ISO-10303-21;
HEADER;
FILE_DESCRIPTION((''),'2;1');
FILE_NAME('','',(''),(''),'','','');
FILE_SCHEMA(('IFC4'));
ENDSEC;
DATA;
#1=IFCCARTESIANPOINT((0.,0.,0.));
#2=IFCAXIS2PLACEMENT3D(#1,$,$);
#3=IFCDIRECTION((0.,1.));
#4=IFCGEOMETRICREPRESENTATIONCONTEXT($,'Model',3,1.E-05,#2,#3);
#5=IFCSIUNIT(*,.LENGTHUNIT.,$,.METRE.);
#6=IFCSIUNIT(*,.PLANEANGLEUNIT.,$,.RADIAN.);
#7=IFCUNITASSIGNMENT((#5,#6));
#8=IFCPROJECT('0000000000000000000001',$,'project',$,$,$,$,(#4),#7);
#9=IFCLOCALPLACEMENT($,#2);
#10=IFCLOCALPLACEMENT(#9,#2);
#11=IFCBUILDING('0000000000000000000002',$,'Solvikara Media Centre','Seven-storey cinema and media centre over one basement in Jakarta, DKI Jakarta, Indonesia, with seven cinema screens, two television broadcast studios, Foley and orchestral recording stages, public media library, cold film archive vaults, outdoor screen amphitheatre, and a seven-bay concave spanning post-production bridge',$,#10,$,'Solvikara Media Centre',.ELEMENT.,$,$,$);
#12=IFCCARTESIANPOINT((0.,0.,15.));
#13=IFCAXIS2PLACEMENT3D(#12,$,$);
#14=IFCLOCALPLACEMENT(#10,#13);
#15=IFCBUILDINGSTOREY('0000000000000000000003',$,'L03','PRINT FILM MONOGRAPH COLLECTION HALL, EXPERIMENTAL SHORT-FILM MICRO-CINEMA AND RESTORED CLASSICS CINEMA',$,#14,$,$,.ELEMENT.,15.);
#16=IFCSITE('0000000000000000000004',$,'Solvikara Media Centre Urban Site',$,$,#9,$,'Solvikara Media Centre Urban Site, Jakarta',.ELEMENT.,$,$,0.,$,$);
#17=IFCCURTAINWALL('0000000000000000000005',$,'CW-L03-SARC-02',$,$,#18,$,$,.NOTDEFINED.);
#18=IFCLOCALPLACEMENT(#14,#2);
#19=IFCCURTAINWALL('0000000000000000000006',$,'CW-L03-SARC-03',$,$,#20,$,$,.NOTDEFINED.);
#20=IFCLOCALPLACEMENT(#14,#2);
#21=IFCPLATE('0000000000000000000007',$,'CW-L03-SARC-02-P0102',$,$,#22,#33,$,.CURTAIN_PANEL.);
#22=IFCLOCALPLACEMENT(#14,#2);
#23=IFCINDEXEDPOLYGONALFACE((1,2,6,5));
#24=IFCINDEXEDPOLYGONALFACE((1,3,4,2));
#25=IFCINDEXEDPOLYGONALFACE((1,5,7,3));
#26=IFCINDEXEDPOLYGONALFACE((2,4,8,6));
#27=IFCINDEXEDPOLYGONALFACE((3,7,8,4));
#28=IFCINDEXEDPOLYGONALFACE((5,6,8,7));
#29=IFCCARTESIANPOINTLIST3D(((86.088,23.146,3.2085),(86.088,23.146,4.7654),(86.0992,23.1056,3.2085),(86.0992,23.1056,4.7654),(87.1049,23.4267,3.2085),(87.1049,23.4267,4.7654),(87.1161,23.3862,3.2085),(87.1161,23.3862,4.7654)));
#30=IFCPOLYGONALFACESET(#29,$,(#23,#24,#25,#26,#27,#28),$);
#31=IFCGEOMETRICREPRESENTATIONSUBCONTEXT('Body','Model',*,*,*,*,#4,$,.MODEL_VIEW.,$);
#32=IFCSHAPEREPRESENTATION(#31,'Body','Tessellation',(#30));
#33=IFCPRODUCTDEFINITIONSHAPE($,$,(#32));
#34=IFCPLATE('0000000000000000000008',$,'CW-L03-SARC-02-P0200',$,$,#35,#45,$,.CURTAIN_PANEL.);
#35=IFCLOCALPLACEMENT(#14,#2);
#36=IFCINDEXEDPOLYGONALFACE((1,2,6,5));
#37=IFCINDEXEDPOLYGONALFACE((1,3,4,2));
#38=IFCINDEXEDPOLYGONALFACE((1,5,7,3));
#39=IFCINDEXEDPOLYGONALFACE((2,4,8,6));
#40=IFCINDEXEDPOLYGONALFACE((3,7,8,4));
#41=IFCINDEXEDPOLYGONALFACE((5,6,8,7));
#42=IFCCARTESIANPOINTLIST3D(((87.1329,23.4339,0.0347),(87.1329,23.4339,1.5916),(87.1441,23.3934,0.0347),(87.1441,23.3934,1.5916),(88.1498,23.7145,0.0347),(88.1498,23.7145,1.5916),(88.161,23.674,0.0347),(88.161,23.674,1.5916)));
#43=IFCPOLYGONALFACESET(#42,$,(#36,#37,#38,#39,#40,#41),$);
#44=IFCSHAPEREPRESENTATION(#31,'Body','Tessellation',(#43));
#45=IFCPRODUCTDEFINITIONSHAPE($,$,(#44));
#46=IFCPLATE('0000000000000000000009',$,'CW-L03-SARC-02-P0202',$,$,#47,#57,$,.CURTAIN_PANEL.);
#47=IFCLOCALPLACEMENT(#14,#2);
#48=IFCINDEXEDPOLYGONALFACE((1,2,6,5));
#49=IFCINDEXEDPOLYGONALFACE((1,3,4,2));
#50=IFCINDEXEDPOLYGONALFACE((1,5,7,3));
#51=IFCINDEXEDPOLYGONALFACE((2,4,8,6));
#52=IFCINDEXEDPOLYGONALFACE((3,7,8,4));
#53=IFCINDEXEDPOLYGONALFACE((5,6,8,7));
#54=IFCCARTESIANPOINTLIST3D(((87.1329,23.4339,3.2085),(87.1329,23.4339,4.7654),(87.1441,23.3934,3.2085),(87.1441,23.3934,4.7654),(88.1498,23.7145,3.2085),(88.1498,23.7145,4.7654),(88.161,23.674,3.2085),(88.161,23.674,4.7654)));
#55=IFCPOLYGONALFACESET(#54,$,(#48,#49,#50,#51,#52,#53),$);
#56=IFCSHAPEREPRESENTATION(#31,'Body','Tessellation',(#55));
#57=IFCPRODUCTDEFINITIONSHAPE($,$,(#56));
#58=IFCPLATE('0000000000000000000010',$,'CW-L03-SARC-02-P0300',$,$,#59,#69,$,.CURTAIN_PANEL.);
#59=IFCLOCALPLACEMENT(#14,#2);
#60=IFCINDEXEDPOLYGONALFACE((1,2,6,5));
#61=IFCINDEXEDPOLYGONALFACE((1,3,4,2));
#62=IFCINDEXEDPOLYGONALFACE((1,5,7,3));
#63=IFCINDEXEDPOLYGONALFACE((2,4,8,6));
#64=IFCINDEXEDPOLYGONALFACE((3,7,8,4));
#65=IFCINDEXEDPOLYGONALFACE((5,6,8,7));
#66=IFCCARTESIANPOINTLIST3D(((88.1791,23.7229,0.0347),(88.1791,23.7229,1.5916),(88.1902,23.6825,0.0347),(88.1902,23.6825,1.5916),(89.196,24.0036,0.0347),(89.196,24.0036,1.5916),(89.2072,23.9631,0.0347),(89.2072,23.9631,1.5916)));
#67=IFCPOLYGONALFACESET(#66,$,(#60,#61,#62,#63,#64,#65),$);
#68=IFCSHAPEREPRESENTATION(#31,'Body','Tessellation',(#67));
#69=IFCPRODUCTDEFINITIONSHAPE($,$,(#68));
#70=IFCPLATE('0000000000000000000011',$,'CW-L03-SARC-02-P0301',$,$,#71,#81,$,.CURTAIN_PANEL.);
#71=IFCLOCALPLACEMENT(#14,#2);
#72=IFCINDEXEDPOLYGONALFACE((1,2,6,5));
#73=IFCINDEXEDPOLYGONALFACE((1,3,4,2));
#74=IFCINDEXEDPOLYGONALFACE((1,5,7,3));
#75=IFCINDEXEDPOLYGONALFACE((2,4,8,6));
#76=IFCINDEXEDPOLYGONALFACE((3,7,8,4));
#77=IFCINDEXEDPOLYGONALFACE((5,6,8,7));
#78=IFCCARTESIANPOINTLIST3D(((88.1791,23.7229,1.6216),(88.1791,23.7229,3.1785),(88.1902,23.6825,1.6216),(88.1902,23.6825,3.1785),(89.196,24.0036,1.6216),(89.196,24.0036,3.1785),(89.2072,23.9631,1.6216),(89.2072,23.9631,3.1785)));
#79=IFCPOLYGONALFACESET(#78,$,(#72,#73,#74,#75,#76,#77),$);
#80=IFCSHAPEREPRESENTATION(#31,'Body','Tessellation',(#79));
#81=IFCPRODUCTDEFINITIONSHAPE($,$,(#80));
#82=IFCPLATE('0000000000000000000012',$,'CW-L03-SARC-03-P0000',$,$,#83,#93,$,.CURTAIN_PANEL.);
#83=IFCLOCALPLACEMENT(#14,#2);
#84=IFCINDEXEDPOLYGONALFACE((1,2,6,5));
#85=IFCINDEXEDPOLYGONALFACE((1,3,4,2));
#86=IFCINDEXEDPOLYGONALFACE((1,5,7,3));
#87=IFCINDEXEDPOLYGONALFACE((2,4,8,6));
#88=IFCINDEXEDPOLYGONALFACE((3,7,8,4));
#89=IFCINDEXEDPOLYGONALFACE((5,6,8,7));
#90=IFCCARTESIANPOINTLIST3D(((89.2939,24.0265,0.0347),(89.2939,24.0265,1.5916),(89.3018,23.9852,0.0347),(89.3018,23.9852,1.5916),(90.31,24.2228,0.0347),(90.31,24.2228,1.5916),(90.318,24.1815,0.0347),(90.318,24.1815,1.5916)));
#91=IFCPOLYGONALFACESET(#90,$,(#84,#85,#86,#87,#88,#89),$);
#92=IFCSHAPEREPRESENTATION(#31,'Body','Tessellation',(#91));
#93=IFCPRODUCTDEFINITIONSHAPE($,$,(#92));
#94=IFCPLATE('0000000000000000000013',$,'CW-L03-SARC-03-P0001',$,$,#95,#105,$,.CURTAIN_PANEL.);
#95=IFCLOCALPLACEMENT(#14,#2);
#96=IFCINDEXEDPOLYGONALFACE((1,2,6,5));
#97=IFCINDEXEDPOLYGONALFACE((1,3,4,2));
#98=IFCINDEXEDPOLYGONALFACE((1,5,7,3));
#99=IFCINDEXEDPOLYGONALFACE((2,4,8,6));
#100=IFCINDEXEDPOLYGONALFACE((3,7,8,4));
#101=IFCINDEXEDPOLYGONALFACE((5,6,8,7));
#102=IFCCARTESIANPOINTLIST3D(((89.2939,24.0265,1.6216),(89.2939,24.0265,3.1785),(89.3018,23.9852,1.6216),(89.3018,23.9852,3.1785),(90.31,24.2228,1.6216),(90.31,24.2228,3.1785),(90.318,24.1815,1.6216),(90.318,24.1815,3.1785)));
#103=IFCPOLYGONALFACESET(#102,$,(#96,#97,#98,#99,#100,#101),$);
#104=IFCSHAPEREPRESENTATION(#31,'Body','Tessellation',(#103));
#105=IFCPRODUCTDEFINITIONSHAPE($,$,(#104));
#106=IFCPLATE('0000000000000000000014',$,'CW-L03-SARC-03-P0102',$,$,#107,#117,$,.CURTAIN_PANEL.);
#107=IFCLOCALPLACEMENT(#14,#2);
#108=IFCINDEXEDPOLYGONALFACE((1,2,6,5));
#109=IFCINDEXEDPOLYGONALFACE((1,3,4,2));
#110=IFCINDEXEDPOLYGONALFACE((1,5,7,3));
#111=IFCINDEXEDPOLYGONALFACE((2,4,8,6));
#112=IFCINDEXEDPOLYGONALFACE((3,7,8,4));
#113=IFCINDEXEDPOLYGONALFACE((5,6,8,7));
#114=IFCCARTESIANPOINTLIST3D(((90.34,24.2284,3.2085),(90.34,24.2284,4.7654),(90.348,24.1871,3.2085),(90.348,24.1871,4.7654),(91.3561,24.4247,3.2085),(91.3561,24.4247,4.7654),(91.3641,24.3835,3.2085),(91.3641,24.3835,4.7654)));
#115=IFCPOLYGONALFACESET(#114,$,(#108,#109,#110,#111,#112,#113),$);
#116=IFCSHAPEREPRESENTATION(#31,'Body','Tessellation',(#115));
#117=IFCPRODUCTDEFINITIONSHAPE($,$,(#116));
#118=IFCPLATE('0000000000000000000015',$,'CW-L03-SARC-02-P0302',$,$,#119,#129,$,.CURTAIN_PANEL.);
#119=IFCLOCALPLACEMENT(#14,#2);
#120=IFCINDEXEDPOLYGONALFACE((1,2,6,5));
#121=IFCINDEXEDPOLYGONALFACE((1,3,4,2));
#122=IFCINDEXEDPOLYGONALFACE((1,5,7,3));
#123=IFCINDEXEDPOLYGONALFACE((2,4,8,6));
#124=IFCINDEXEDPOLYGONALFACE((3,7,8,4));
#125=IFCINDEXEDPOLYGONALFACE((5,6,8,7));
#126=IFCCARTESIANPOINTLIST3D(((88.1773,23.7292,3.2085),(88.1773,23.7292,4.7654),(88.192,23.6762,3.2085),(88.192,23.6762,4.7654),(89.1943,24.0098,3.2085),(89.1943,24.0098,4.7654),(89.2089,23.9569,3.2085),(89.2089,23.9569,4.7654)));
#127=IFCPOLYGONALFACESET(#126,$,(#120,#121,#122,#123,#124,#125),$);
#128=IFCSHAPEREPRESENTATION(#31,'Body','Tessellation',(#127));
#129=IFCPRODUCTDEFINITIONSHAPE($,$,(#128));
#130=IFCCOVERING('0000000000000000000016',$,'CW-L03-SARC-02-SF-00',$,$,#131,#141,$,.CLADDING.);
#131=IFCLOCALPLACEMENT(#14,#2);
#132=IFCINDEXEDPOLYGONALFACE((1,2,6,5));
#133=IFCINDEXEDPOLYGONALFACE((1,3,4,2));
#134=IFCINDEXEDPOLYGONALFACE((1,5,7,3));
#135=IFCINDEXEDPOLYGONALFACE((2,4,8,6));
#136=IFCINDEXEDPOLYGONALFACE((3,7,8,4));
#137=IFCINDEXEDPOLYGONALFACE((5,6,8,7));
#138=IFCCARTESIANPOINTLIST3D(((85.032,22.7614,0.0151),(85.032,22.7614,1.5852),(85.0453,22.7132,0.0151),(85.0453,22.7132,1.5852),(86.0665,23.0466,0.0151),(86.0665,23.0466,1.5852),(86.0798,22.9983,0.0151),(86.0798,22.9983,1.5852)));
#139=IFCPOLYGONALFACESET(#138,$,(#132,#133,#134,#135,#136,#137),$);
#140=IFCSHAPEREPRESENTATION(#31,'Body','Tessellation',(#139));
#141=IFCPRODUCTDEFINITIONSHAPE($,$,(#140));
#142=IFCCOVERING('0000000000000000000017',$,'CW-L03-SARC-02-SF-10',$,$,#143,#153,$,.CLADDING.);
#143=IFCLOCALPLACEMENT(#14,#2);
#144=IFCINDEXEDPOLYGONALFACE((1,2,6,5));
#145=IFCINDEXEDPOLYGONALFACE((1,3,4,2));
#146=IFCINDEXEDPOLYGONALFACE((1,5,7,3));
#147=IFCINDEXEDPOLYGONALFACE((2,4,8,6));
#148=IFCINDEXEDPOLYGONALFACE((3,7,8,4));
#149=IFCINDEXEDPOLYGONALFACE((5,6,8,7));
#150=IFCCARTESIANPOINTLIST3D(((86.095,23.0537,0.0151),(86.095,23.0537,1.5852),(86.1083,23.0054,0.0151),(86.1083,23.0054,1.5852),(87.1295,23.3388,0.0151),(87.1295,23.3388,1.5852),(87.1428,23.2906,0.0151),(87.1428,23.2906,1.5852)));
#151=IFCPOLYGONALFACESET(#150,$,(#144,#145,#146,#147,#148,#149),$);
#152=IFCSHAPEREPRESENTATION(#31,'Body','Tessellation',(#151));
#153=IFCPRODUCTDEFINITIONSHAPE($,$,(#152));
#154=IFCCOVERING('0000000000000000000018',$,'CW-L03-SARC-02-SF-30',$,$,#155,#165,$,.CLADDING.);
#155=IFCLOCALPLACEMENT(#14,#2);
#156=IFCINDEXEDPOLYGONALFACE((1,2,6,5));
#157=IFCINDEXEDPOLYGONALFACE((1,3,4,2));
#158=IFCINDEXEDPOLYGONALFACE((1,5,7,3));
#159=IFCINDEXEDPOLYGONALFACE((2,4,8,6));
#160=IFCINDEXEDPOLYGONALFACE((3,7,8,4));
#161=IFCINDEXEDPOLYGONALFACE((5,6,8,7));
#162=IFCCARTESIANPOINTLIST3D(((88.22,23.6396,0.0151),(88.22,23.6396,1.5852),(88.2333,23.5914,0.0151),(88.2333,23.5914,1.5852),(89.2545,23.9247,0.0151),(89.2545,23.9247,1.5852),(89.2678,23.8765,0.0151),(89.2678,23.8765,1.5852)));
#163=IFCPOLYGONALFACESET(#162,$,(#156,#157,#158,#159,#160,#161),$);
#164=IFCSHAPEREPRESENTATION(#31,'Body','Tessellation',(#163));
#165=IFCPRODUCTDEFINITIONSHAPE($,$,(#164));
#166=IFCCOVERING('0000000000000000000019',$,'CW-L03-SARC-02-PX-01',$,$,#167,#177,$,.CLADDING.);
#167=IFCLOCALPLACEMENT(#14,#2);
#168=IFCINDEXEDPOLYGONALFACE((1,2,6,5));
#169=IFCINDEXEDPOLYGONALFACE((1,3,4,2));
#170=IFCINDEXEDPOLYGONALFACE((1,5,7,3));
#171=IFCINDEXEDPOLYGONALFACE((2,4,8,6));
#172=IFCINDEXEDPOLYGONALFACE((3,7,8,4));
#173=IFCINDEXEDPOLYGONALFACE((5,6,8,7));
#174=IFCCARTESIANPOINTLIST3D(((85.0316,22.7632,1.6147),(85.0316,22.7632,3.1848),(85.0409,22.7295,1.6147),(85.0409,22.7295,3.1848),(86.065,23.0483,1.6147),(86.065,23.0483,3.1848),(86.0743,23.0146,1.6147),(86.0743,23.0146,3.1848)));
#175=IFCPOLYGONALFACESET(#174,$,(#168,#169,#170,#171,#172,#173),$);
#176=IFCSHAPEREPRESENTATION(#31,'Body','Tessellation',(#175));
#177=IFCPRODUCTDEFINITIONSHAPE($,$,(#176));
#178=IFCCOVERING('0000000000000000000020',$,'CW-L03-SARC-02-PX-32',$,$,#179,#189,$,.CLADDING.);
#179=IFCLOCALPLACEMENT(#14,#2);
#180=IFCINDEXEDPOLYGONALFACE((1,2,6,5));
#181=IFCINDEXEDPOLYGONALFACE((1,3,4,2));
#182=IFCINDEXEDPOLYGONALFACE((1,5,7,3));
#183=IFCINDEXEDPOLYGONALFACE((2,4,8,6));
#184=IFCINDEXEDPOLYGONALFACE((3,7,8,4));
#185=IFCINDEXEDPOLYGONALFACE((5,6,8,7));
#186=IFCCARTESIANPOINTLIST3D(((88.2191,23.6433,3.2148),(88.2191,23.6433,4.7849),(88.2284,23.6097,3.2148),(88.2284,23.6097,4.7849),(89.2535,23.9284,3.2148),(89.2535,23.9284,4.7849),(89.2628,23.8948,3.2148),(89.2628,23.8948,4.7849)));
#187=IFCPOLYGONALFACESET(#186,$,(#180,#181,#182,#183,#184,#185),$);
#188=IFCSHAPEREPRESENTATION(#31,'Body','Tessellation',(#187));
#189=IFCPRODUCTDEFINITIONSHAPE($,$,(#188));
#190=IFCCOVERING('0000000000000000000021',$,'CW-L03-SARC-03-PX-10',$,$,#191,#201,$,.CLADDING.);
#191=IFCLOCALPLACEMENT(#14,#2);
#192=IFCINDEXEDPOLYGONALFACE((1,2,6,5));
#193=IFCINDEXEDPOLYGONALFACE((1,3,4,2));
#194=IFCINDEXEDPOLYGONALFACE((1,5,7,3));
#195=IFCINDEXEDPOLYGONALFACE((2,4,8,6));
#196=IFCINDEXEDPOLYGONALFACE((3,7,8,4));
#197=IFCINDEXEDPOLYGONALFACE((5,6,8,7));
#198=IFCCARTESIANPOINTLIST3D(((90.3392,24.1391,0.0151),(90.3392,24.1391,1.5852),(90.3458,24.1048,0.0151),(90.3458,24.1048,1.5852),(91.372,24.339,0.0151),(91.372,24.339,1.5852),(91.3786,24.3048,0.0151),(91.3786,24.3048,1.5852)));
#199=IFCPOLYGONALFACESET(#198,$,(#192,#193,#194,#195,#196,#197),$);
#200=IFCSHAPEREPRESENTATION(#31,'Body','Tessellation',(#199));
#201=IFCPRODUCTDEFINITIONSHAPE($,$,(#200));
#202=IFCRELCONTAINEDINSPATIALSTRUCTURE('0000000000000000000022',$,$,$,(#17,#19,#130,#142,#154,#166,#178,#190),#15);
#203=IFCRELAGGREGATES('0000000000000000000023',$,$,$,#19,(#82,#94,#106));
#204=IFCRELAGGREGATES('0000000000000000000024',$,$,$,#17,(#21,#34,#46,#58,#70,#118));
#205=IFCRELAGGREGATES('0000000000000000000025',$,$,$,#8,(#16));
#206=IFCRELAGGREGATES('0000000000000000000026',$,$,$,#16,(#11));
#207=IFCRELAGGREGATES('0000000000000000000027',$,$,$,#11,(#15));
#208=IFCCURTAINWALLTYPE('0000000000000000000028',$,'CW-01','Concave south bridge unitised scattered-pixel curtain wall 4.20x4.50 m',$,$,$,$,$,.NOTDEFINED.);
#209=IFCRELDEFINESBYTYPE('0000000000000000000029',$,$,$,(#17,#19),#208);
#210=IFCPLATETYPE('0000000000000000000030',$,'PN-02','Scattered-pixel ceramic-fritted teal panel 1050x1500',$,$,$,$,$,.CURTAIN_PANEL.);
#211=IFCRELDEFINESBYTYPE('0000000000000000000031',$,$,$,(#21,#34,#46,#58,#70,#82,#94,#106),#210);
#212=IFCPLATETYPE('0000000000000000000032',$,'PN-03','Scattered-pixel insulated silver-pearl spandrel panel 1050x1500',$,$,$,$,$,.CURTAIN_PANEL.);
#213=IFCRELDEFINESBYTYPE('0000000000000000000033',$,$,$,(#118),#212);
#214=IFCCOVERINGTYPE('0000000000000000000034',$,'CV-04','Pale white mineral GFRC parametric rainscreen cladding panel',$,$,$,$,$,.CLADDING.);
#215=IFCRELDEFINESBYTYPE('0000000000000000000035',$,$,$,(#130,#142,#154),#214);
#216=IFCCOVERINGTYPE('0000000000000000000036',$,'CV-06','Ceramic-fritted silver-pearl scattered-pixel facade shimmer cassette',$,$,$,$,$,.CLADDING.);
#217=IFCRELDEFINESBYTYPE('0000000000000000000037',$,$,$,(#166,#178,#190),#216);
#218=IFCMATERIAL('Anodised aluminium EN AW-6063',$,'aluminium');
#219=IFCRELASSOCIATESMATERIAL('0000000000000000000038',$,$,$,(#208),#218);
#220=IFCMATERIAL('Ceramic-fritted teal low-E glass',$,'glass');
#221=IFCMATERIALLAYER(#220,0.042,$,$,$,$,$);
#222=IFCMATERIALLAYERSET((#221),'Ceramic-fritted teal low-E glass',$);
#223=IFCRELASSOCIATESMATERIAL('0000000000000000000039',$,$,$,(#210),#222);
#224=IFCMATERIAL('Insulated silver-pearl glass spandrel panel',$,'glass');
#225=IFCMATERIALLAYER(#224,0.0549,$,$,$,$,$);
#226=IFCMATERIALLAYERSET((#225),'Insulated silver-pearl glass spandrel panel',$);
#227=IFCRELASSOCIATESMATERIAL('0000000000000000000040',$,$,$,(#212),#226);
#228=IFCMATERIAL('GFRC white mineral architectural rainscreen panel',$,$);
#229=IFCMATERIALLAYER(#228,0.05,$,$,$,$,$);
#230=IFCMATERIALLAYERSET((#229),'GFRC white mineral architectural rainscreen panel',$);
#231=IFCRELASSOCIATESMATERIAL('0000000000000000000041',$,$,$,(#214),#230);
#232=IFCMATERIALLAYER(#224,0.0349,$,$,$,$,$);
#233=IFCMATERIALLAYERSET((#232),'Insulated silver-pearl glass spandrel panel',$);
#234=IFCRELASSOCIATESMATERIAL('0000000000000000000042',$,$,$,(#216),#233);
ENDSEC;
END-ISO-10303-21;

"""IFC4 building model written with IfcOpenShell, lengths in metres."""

from ifc_helpers import new_model, si_unit, direction, frame, origin, origin_2d, place, context, subcontext, project, spatial, rectangle, extrude, material, layer, layer_set, type_object, element, aggregate, save


model = new_model("IFC4")

# Units and contexts
model_context = context("Model", 3, precision=1e-05, world=origin(), true_north=direction((0.0, 1.0)))
body_context = subcontext(model_context, "Body", "Model", "MODEL_VIEW")
ifc_project = project(units=[si_unit("LENGTHUNIT", "METRE"), si_unit("PLANEANGLEUNIT", "RADIAN")], contexts=[model_context])

# Site, building, storey
site_placement = place(None, origin())
site = spatial("IfcSite", under=ifc_project, at=site_placement, Name="Solvikara Media Centre Urban Site", LongName="Solvikara Media Centre Urban Site, Jakarta", CompositionType="ELEMENT", RefElevation=0.0)
building_placement = place(site_placement, origin())
building = spatial("IfcBuilding", under=site, at=building_placement, Name="Solvikara Media Centre", Description="Seven-storey cinema and media centre over one basement in Jakarta, DKI Jakarta, Indonesia, with seven cinema screens, two television broadcast studios, Foley and orchestral recording stages, public media library, cold film archive vaults, outdoor screen amphitheatre, and a seven-bay concave spanning post-production bridge", LongName="Solvikara Media Centre", CompositionType="ELEMENT")
storey_placement = place(building_placement, frame((0.0, 0.0, 15.0)))
storey = spatial("IfcBuildingStorey", under=building, at=storey_placement, Name="L03", Description="PRINT FILM MONOGRAPH COLLECTION HALL, EXPERIMENTAL SHORT-FILM MICRO-CINEMA AND RESTORED CLASSICS CINEMA", CompositionType="ELEMENT", Elevation=15.0)

# Curtain walls
ifc_material_1 = material(Name="Anodised aluminium EN AW-6063", Category="aluminium")
curtain_wall_type = type_object("IfcCurtainWallType", Name="CW-01", Description="Concave south bridge unitised scattered-pixel curtain wall 4.20x4.50 m", PredefinedType="NOTDEFINED", material=ifc_material_1)
curtain_wall_1_placement = place(storey_placement, origin())
curtain_wall_1 = element("IfcCurtainWall", 1, at=curtain_wall_1_placement, inside=storey, type_object=curtain_wall_type, Name="CW-L03-SARC-02", PredefinedType="NOTDEFINED")
curtain_wall_2_placement = place(storey_placement, origin())
curtain_wall_2 = element("IfcCurtainWall", 2, at=curtain_wall_2_placement, inside=storey, type_object=curtain_wall_type, Name="CW-L03-SARC-03", PredefinedType="NOTDEFINED")

# Plates
ifc_material_2 = material(Name="Ceramic-fritted teal low-E glass", Category="glass")
ifc_layer_1 = layer(ifc_material_2, 0.042)
ifc_layer_set_1 = layer_set([ifc_layer_1], Name="Ceramic-fritted teal low-E glass")
plate_type_1 = type_object("IfcPlateType", Name="PN-02", Description="Scattered-pixel ceramic-fritted teal panel 1050x1500", PredefinedType="CURTAIN_PANEL", material=ifc_layer_set_1)
plate_1_placement = place(storey_placement, frame((86.6021, 23.2661, 3.2085), z_axis=(0.0, 0.0, 1.0), x_axis=(0.96397, 0.26601, 0.0)))
plate_1 = element("IfcPlate", 3, at=plate_1_placement, type_object=plate_type_1, Name="CW-L03-SARC-02-P0102", PredefinedType="CURTAIN_PANEL", context=body_context, shape_type="SweptSolid", body=[
    extrude(rectangle(XDim=1.0549, YDim=0.042, at=origin_2d()), origin(), (0.0, 0.0, 1.0), 1.5569),
])
plate_2_placement = place(storey_placement, frame((87.647, 23.554, 0.0347), z_axis=(0.0, 0.0, 1.0), x_axis=(0.96397, 0.26601, 0.0)))
plate_2 = element("IfcPlate", 4, at=plate_2_placement, type_object=plate_type_1, Name="CW-L03-SARC-02-P0200", PredefinedType="CURTAIN_PANEL", context=body_context, shape_type="SweptSolid", body=[
    extrude(rectangle(XDim=1.0549, YDim=0.042, at=origin_2d()), origin(), (0.0, 0.0, 1.0), 1.5569),
])
plate_3_placement = place(storey_placement, frame((87.647, 23.554, 3.2085), z_axis=(0.0, 0.0, 1.0), x_axis=(0.96397, 0.26601, 0.0)))
plate_3 = element("IfcPlate", 5, at=plate_3_placement, type_object=plate_type_1, Name="CW-L03-SARC-02-P0202", PredefinedType="CURTAIN_PANEL", context=body_context, shape_type="SweptSolid", body=[
    extrude(rectangle(XDim=1.0549, YDim=0.042, at=origin_2d()), origin(), (0.0, 0.0, 1.0), 1.5569),
])
plate_4_placement = place(storey_placement, frame((88.6931, 23.843, 0.0347), z_axis=(0.0, 0.0, 1.0), x_axis=(0.96397, 0.26601, 0.0)))
plate_4 = element("IfcPlate", 6, at=plate_4_placement, type_object=plate_type_1, Name="CW-L03-SARC-02-P0300", PredefinedType="CURTAIN_PANEL", context=body_context, shape_type="SweptSolid", body=[
    extrude(rectangle(XDim=1.0549, YDim=0.042, at=origin_2d()), origin(), (0.0, 0.0, 1.0), 1.5569),
])
plate_5_placement = place(storey_placement, frame((88.6931, 23.843, 1.6216), z_axis=(0.0, 0.0, 1.0), x_axis=(0.96397, 0.26601, 0.0)))
plate_5 = element("IfcPlate", 7, at=plate_5_placement, type_object=plate_type_1, Name="CW-L03-SARC-02-P0301", PredefinedType="CURTAIN_PANEL", context=body_context, shape_type="SweptSolid", body=[
    extrude(rectangle(XDim=1.0549, YDim=0.042, at=origin_2d()), origin(), (0.0, 0.0, 1.0), 1.5569),
])
plate_6_placement = place(storey_placement, frame((89.8059, 24.104, 0.0347), z_axis=(0.0, 0.0, 1.0), x_axis=(0.981843, 0.189695, 0.0)))
plate_6 = element("IfcPlate", 8, at=plate_6_placement, type_object=plate_type_1, Name="CW-L03-SARC-03-P0000", PredefinedType="CURTAIN_PANEL", context=body_context, shape_type="SweptSolid", body=[
    extrude(rectangle(XDim=1.0349, YDim=0.042, at=origin_2d()), origin(), (0.0, 0.0, 1.0), 1.5569),
])
plate_7_placement = place(storey_placement, frame((89.8059, 24.104, 1.6216), z_axis=(0.0, 0.0, 1.0), x_axis=(0.981843, 0.189695, 0.0)))
plate_7 = element("IfcPlate", 9, at=plate_7_placement, type_object=plate_type_1, Name="CW-L03-SARC-03-P0001", PredefinedType="CURTAIN_PANEL", context=body_context, shape_type="SweptSolid", body=[
    extrude(rectangle(XDim=1.0349, YDim=0.042, at=origin_2d()), origin(), (0.0, 0.0, 1.0), 1.5569),
])
plate_8_placement = place(storey_placement, frame((90.8521, 24.3059, 3.2085), z_axis=(0.0, 0.0, 1.0), x_axis=(0.981843, 0.189695, 0.0)))
plate_8 = element("IfcPlate", 10, at=plate_8_placement, type_object=plate_type_1, Name="CW-L03-SARC-03-P0102", PredefinedType="CURTAIN_PANEL", context=body_context, shape_type="SweptSolid", body=[
    extrude(rectangle(XDim=1.0349, YDim=0.042, at=origin_2d()), origin(), (0.0, 0.0, 1.0), 1.5569),
])
aggregate(curtain_wall_2, [plate_6, plate_7, plate_8])
ifc_material_3 = material(Name="Insulated silver-pearl glass spandrel panel", Category="glass")
ifc_layer_2 = layer(ifc_material_3, 0.0549)
ifc_layer_set_2 = layer_set([ifc_layer_2], Name="Insulated silver-pearl glass spandrel panel")
plate_type_2 = type_object("IfcPlateType", Name="PN-03", Description="Scattered-pixel insulated silver-pearl spandrel panel 1050x1500", PredefinedType="CURTAIN_PANEL", material=ifc_layer_set_2)
plate_9_placement = place(storey_placement, frame((88.6931, 23.843, 3.2085), z_axis=(0.0, 0.0, 1.0), x_axis=(0.96397, 0.26601, 0.0)))
plate_9 = element("IfcPlate", 11, at=plate_9_placement, type_object=plate_type_2, Name="CW-L03-SARC-02-P0302", PredefinedType="CURTAIN_PANEL", context=body_context, shape_type="SweptSolid", body=[
    extrude(rectangle(XDim=1.0549, YDim=0.0549, at=origin_2d()), origin(), (0.0, 0.0, 1.0), 1.5569),
])
aggregate(curtain_wall_1, [plate_1, plate_2, plate_3, plate_4, plate_5, plate_9])

# Coverings
ifc_material_4 = material(Name="GFRC white mineral architectural rainscreen panel")
ifc_layer_3 = layer(ifc_material_4, 0.05)
ifc_layer_set_3 = layer_set([ifc_layer_3], Name="GFRC white mineral architectural rainscreen panel")
covering_type_1 = type_object("IfcCoveringType", Name="CV-04", Description="Pale white mineral GFRC parametric rainscreen cladding panel", PredefinedType="CLADDING", material=ifc_layer_set_3)
for number, where, z_axis, x_axis, name in (
    (12, (85.5559, 22.8799, 0.0151), (0.0, 0.0, 1.0), (0.964049, 0.265724, 0.0), "CW-L03-SARC-02-SF-00"),
    (13, (86.6189, 23.1721, 0.0151), (0.0, 0.0, 1.0), (0.964049, 0.265724, 0.0), "CW-L03-SARC-02-SF-10"),
    (14, (88.7439, 23.7581, 0.0151), (0.0, 0.0, 1.0), (0.964049, 0.265724, 0.0), "CW-L03-SARC-02-SF-30"),
):
    element("IfcCovering", number, at=place(storey_placement, frame(where, z_axis=z_axis, x_axis=x_axis)), inside=storey, type_object=covering_type_1, Name=name, PredefinedType="CLADDING", context=body_context, shape_type="SweptSolid", body=[
        extrude(rectangle(XDim=1.073, YDim=0.05, at=origin_2d()), origin(), (0.0, 0.0, 1.0), 1.5701),
    ])
ifc_layer_4 = layer(ifc_material_3, 0.0349)
ifc_layer_set_4 = layer_set([ifc_layer_4], Name="Insulated silver-pearl glass spandrel panel")
covering_type_2 = type_object("IfcCoveringType", Name="CV-06", Description="Ceramic-fritted silver-pearl scattered-pixel facade shimmer cassette", PredefinedType="CLADDING", material=ifc_layer_set_4)
covering_1_placement = place(storey_placement, frame((85.553, 22.8889, 1.6147), z_axis=(0.0, 0.0, 1.0), x_axis=(0.963984, 0.26596, 0.0)))
element("IfcCovering", 15, at=covering_1_placement, inside=storey, type_object=covering_type_2, Name="CW-L03-SARC-02-PX-01", PredefinedType="CLADDING", context=body_context, shape_type="SweptSolid", body=[
    extrude(rectangle(XDim=1.072, YDim=0.0349, at=origin_2d()), origin(), (0.0, 0.0, 1.0), 1.5701),
])
covering_2_placement = place(storey_placement, frame((88.741, 23.769, 3.2148), z_axis=(0.0, 0.0, 1.0), x_axis=(0.964049, 0.265724, 0.0)))
element("IfcCovering", 16, at=covering_2_placement, inside=storey, type_object=covering_type_2, Name="CW-L03-SARC-02-PX-32", PredefinedType="CLADDING", context=body_context, shape_type="SweptSolid", body=[
    extrude(rectangle(XDim=1.073, YDim=0.0349, at=origin_2d()), origin(), (0.0, 0.0, 1.0), 1.5701),
])
covering_3_placement = place(storey_placement, frame((90.8589, 24.2219, 0.0151), z_axis=(0.0, 0.0, 1.0), x_axis=(0.981767, 0.190089, 0.0)))
element("IfcCovering", 17, at=covering_3_placement, inside=storey, type_object=covering_type_2, Name="CW-L03-SARC-03-PX-10", PredefinedType="CLADDING", context=body_context, shape_type="SweptSolid", body=[
    extrude(rectangle(XDim=1.052, YDim=0.0349, at=origin_2d()), origin(), (0.0, 0.0, 1.0), 1.5701),
])

save(model, "model.ifc")
